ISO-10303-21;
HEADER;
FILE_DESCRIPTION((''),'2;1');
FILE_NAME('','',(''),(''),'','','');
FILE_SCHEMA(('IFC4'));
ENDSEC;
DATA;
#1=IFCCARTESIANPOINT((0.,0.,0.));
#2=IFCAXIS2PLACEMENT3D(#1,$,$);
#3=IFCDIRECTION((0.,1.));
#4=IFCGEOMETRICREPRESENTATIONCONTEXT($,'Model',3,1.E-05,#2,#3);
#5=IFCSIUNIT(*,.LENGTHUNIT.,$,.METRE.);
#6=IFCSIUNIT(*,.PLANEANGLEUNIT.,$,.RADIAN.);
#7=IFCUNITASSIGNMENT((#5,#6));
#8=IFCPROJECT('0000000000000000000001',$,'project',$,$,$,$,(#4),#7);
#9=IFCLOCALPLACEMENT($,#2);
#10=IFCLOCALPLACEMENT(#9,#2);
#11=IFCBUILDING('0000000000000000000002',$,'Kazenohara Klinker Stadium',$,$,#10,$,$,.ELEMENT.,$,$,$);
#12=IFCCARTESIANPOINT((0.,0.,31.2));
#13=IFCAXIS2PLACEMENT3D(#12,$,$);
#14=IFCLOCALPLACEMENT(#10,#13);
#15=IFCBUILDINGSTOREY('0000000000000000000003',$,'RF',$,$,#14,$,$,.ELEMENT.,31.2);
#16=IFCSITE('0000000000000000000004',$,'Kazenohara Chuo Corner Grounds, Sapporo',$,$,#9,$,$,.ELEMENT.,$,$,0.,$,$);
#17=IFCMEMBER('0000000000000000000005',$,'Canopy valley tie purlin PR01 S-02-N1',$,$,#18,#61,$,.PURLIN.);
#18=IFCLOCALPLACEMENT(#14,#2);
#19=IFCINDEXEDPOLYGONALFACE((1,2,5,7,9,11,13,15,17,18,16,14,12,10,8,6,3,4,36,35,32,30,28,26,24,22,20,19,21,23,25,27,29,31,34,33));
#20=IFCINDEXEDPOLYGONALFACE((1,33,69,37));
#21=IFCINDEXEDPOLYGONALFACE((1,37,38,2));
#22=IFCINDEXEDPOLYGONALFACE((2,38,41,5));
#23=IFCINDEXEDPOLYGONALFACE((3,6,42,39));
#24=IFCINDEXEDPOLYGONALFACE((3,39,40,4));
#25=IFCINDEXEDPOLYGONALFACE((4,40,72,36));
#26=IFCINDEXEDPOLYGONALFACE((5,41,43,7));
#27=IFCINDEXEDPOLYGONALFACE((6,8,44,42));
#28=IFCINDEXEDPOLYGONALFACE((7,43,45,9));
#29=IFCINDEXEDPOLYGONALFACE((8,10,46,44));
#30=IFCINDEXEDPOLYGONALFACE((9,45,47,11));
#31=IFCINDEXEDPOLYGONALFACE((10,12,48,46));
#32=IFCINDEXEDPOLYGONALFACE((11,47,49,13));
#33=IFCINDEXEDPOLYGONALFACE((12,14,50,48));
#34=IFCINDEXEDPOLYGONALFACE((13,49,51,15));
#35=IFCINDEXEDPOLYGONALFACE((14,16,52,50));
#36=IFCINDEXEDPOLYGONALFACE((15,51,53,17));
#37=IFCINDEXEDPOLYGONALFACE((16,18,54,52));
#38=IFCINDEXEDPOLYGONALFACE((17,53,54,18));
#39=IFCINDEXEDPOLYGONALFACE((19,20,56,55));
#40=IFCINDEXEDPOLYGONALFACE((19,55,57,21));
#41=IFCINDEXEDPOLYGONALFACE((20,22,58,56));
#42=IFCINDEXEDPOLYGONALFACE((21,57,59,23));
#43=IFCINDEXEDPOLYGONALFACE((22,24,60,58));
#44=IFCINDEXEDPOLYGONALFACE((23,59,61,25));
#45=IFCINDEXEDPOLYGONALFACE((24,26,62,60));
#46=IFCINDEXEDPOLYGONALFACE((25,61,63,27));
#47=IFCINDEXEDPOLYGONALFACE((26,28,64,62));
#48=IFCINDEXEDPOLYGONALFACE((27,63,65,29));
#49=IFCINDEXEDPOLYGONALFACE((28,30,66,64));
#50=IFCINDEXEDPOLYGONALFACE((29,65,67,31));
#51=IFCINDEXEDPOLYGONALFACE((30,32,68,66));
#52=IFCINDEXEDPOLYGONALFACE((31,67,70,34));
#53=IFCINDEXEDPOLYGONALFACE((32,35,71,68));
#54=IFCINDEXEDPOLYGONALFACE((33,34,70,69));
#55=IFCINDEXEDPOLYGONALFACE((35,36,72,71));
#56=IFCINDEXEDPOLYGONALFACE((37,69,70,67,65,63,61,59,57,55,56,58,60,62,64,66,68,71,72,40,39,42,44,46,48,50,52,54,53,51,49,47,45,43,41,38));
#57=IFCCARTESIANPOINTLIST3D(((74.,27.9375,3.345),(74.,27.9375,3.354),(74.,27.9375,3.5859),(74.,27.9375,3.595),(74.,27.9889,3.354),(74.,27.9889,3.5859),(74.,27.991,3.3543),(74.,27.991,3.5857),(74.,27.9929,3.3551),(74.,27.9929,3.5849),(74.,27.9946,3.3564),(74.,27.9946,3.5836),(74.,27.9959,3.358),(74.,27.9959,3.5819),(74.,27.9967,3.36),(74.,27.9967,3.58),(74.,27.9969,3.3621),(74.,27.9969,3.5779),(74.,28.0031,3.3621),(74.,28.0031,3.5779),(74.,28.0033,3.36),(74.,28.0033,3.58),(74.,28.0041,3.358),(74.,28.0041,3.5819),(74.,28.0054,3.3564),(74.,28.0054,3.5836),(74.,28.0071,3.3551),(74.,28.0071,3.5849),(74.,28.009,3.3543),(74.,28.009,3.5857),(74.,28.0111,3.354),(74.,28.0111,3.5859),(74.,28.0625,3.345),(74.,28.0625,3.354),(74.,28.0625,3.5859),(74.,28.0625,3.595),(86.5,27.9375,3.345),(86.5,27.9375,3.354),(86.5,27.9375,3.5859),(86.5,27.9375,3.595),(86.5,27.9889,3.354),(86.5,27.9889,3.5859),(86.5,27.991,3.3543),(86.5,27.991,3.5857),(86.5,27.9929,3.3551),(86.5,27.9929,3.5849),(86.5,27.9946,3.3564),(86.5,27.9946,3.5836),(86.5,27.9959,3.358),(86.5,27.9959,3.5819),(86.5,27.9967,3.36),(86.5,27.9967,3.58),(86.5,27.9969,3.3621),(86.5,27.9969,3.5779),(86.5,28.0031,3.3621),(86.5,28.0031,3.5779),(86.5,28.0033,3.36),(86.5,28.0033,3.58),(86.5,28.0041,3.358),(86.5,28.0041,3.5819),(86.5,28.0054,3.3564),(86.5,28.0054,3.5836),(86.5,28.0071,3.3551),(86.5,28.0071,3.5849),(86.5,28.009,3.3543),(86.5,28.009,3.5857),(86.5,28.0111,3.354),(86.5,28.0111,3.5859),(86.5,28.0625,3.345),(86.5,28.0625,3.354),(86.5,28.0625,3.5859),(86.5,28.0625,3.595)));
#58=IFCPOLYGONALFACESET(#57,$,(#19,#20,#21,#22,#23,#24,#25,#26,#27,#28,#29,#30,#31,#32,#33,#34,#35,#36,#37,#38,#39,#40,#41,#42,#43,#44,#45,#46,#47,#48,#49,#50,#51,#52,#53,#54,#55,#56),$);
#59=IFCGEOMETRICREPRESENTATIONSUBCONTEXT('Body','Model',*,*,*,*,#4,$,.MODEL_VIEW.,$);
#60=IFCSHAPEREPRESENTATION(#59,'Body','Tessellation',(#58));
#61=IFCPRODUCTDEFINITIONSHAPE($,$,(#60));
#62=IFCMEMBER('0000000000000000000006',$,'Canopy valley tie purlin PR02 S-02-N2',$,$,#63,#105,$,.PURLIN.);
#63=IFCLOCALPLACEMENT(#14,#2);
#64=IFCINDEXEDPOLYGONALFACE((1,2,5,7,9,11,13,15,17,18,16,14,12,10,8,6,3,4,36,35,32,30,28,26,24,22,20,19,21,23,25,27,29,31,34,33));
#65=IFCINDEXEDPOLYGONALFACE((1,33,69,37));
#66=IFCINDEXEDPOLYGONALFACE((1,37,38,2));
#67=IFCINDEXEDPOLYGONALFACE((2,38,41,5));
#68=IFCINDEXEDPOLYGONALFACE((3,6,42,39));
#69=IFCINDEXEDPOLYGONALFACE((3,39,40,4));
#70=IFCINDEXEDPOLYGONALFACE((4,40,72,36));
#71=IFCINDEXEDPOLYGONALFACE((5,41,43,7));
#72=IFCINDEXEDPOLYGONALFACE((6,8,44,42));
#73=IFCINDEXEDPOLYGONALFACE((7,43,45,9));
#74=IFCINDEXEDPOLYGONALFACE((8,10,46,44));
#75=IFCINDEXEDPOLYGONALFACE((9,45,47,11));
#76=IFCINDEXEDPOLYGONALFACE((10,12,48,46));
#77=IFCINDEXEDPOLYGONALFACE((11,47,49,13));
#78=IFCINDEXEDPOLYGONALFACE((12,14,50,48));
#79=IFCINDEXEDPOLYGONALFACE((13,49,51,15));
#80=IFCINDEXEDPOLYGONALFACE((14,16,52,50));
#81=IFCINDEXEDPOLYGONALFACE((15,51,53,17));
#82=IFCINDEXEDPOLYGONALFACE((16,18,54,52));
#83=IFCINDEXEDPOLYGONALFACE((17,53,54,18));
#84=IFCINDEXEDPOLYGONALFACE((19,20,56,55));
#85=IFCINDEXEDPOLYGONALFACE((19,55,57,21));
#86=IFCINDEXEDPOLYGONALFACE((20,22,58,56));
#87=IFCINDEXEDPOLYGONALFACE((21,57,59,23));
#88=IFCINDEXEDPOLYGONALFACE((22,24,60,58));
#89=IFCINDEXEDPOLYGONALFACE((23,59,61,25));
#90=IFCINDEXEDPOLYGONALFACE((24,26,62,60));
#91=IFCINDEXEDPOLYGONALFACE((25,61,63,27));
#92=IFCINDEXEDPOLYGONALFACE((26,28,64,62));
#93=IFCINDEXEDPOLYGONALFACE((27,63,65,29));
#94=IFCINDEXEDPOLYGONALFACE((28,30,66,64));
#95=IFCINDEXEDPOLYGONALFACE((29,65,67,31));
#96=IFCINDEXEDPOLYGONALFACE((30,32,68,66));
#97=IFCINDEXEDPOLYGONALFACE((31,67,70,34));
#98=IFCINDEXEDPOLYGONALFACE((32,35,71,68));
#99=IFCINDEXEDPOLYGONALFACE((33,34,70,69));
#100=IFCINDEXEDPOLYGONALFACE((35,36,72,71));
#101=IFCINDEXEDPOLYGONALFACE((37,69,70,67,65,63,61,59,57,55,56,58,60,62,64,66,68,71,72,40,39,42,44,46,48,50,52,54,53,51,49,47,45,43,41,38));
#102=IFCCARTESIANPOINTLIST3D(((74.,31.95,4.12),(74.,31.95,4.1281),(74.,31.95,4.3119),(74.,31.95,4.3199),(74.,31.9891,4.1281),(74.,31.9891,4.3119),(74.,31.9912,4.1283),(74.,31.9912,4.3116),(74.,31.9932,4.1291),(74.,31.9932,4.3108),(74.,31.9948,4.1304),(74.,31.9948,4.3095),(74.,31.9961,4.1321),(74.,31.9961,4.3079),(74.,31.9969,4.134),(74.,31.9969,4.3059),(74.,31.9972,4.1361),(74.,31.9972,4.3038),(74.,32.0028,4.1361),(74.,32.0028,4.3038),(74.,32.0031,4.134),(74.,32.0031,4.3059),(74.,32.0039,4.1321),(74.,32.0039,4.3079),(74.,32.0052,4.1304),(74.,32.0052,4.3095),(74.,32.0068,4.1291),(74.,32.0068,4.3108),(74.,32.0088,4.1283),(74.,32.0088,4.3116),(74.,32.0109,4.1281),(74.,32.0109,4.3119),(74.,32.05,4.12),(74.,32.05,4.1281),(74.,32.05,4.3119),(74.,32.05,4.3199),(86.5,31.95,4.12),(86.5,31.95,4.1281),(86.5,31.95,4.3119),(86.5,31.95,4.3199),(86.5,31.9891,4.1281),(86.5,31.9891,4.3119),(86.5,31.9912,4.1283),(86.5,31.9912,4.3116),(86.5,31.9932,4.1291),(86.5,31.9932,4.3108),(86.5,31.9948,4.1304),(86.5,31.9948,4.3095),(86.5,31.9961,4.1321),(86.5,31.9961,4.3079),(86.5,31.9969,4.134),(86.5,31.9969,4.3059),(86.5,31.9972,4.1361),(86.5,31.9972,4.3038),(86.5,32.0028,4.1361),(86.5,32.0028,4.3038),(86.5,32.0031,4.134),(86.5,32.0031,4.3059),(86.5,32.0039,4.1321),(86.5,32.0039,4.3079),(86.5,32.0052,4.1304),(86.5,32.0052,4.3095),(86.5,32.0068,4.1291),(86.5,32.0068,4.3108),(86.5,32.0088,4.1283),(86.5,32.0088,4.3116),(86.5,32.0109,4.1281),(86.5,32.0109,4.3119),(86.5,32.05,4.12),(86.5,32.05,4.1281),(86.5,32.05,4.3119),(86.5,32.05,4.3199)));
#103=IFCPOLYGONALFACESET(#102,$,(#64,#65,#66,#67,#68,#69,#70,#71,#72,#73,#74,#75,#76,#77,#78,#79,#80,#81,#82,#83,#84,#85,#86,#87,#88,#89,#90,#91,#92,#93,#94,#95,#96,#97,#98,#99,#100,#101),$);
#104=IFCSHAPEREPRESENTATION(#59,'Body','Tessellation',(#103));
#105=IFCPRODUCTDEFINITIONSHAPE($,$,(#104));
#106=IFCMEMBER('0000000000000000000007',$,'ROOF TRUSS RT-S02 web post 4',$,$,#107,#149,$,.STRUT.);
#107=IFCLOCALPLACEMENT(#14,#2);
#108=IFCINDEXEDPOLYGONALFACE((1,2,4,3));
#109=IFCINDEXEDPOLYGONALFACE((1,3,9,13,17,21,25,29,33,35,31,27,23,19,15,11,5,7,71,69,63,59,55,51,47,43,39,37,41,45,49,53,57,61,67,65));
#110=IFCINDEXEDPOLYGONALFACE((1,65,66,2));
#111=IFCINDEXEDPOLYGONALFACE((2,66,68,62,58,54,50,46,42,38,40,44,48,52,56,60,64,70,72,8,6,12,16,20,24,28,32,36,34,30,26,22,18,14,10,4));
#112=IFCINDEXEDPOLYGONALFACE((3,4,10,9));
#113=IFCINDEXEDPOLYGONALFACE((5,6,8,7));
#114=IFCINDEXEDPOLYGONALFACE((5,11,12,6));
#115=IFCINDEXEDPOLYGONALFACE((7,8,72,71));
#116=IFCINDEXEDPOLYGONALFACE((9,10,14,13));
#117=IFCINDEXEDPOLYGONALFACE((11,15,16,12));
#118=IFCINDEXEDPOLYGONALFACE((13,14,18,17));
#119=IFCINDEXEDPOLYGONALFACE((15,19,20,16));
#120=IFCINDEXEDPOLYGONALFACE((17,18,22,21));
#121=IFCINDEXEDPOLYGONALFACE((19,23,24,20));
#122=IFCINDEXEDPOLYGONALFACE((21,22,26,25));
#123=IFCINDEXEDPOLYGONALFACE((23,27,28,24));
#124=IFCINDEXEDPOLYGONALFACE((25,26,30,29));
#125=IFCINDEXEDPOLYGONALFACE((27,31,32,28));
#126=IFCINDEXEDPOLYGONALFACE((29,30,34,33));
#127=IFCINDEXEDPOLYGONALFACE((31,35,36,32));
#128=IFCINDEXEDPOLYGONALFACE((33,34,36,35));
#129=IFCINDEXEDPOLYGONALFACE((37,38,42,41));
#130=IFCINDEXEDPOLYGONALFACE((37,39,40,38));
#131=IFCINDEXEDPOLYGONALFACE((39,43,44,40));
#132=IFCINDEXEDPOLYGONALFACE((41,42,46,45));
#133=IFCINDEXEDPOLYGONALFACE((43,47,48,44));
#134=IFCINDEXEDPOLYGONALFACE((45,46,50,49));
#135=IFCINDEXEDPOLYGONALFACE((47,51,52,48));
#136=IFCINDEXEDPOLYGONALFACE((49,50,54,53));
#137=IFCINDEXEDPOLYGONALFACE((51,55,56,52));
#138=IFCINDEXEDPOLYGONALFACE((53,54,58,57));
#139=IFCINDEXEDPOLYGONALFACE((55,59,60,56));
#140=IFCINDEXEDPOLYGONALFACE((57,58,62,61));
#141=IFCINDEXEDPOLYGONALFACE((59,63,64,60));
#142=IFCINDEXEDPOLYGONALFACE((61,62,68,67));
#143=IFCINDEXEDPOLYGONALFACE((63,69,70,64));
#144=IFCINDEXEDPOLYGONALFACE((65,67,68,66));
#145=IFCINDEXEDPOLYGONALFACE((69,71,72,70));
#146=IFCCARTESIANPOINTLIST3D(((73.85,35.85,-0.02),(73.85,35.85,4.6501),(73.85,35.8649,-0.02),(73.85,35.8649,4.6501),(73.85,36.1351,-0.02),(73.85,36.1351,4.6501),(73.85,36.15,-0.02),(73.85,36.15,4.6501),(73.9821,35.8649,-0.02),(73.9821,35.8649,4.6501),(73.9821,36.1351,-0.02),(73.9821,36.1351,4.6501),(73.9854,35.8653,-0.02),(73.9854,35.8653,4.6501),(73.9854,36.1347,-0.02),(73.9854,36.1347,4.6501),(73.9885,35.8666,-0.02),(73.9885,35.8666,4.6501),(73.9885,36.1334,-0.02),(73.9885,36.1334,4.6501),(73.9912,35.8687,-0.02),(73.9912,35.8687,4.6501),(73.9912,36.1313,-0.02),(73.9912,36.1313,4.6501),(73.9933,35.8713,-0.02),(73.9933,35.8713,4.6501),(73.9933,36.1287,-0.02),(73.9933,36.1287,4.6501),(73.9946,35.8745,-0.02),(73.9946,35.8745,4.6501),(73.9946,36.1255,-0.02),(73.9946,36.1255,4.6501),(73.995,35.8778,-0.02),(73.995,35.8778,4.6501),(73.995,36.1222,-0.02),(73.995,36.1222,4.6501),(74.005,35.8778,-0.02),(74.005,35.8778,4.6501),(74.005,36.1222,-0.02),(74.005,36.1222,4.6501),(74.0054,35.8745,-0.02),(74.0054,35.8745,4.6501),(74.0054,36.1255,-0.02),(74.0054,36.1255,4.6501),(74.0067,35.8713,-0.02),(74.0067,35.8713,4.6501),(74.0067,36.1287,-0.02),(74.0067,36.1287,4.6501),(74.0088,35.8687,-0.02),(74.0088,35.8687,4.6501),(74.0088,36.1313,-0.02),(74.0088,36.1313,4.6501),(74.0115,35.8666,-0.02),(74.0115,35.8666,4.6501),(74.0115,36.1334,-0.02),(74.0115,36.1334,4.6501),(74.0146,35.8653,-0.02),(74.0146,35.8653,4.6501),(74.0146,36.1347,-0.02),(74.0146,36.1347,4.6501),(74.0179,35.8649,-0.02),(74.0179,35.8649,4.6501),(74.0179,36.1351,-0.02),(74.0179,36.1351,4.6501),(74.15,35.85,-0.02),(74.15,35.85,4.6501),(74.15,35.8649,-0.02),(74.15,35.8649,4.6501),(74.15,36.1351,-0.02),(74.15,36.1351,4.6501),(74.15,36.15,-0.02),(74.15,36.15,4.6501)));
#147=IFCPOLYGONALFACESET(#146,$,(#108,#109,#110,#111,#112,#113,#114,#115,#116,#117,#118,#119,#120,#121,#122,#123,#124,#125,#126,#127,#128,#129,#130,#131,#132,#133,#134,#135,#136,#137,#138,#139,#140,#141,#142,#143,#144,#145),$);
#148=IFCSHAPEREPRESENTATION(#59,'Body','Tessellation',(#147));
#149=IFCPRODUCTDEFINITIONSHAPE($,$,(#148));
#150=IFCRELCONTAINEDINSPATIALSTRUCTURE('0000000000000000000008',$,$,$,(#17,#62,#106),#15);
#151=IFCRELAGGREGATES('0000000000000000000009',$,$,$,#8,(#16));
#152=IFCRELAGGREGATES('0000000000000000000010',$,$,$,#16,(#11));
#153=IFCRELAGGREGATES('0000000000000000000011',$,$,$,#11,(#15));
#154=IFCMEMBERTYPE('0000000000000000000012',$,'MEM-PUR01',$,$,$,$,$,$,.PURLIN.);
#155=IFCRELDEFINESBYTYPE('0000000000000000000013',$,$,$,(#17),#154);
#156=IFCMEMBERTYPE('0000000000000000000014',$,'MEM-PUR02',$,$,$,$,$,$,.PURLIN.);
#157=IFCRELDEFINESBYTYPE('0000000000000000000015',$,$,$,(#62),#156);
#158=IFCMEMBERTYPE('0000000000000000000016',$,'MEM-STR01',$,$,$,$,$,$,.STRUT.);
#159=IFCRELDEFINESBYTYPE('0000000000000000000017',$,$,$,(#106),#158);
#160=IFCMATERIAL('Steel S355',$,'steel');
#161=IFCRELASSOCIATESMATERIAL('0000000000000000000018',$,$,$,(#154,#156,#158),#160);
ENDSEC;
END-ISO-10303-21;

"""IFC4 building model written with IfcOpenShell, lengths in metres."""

from ifc_helpers import new_model, si_unit, direction, frame, origin, origin_2d, place, context, subcontext, project, spatial, i_section, extrude, material, material_profile, profile_set, type_object, element, save


model = new_model("IFC4")

# Units and contexts
model_context = context("Model", 3, precision=1e-05, world=origin(), true_north=direction((0.0, 1.0)))
body_context = subcontext(model_context, "Body", "Model", "MODEL_VIEW")
ifc_project = project(units=[si_unit("LENGTHUNIT", "METRE"), si_unit("PLANEANGLEUNIT", "RADIAN")], contexts=[model_context])

# Site, building, storey
site_placement = place(None, origin())
site = spatial("IfcSite", under=ifc_project, at=site_placement, Name="Kazenohara Chuo Corner Grounds, Sapporo", CompositionType="ELEMENT", RefElevation=0.0)
building_placement = place(site_placement, origin())
building = spatial("IfcBuilding", under=site, at=building_placement, Name="Kazenohara Klinker Stadium", CompositionType="ELEMENT")
storey_placement = place(building_placement, frame((0.0, 0.0, 31.2)))
storey = spatial("IfcBuildingStorey", under=building, at=storey_placement, Name="RF", CompositionType="ELEMENT", Elevation=31.2)

# Members
ifc_material_1 = material(Name="Steel S355", Category="steel")
ifc_material_profile_1 = material_profile(ifc_material_1, i_section(OverallWidth=0.125, OverallDepth=0.25, WebThickness=0.0061, FlangeThickness=0.009, FilletRadius=0.0081, at=origin_2d()), Name="H-250x125x6x9")
ifc_profile_set_1 = profile_set([ifc_material_profile_1], Name="Steel S355")
member_type_1 = type_object("IfcMemberType", Name="MEM-PUR01", PredefinedType="PURLIN", material=ifc_profile_set_1)
member_1_placement = place(storey_placement, frame((74.0, 28.0, 3.47), z_axis=(1.0, 0.0, 0.0), x_axis=(0.0, 1.0, 0.0)))
element("IfcMember", 1, at=member_1_placement, inside=storey, type_object=member_type_1, Name="Canopy valley tie purlin PR01 S-02-N1", PredefinedType="PURLIN", context=body_context, shape_type="SweptSolid", body=[
    extrude(i_section(OverallWidth=0.125, OverallDepth=0.25, WebThickness=0.0061, FlangeThickness=0.009, FilletRadius=0.0081, at=origin_2d()), origin(), (0.0, 0.0, 1.0), 12.5),
])
ifc_material_profile_2 = material_profile(ifc_material_1, i_section(OverallWidth=0.1001, OverallDepth=0.2, WebThickness=0.0056, FlangeThickness=0.0081, FilletRadius=0.0081, at=origin_2d()), Name="H-200x100x5.5x8")
ifc_profile_set_2 = profile_set([ifc_material_profile_2], Name="Steel S355")
member_type_2 = type_object("IfcMemberType", Name="MEM-PUR02", PredefinedType="PURLIN", material=ifc_profile_set_2)
member_2_placement = place(storey_placement, frame((74.0, 32.0, 4.22), z_axis=(1.0, 0.0, 0.0), x_axis=(0.0, 1.0, 0.0)))
element("IfcMember", 2, at=member_2_placement, inside=storey, type_object=member_type_2, Name="Canopy valley tie purlin PR02 S-02-N2", PredefinedType="PURLIN", context=body_context, shape_type="SweptSolid", body=[
    extrude(i_section(OverallWidth=0.1001, OverallDepth=0.2, WebThickness=0.0056, FlangeThickness=0.0081, FilletRadius=0.0081, at=origin_2d()), origin(), (0.0, 0.0, 1.0), 12.5),
])
ifc_material_profile_3 = material_profile(ifc_material_1, i_section(OverallWidth=0.3, OverallDepth=0.3, WebThickness=0.01, FlangeThickness=0.0149, FilletRadius=0.0129, at=origin_2d()), Name="H-300x300x10x15")
ifc_profile_set_3 = profile_set([ifc_material_profile_3], Name="Steel S355")
member_type_3 = type_object("IfcMemberType", Name="MEM-STR01", PredefinedType="STRUT", material=ifc_profile_set_3)
member_3_placement = place(storey_placement, frame((74.0, 36.0, -0.02), z_axis=(0.0, 0.0, 1.0), x_axis=(1.0, 0.0, 0.0)))
element("IfcMember", 3, at=member_3_placement, inside=storey, type_object=member_type_3, Name="ROOF TRUSS RT-S02 web post 4", PredefinedType="STRUT", context=body_context, shape_type="SweptSolid", body=[
    extrude(i_section(OverallWidth=0.3, OverallDepth=0.3, WebThickness=0.01, FlangeThickness=0.0149, FilletRadius=0.0129, at=origin_2d()), origin(), (0.0, 0.0, 1.0), 4.6702),
])

save(model, "model.ifc")
